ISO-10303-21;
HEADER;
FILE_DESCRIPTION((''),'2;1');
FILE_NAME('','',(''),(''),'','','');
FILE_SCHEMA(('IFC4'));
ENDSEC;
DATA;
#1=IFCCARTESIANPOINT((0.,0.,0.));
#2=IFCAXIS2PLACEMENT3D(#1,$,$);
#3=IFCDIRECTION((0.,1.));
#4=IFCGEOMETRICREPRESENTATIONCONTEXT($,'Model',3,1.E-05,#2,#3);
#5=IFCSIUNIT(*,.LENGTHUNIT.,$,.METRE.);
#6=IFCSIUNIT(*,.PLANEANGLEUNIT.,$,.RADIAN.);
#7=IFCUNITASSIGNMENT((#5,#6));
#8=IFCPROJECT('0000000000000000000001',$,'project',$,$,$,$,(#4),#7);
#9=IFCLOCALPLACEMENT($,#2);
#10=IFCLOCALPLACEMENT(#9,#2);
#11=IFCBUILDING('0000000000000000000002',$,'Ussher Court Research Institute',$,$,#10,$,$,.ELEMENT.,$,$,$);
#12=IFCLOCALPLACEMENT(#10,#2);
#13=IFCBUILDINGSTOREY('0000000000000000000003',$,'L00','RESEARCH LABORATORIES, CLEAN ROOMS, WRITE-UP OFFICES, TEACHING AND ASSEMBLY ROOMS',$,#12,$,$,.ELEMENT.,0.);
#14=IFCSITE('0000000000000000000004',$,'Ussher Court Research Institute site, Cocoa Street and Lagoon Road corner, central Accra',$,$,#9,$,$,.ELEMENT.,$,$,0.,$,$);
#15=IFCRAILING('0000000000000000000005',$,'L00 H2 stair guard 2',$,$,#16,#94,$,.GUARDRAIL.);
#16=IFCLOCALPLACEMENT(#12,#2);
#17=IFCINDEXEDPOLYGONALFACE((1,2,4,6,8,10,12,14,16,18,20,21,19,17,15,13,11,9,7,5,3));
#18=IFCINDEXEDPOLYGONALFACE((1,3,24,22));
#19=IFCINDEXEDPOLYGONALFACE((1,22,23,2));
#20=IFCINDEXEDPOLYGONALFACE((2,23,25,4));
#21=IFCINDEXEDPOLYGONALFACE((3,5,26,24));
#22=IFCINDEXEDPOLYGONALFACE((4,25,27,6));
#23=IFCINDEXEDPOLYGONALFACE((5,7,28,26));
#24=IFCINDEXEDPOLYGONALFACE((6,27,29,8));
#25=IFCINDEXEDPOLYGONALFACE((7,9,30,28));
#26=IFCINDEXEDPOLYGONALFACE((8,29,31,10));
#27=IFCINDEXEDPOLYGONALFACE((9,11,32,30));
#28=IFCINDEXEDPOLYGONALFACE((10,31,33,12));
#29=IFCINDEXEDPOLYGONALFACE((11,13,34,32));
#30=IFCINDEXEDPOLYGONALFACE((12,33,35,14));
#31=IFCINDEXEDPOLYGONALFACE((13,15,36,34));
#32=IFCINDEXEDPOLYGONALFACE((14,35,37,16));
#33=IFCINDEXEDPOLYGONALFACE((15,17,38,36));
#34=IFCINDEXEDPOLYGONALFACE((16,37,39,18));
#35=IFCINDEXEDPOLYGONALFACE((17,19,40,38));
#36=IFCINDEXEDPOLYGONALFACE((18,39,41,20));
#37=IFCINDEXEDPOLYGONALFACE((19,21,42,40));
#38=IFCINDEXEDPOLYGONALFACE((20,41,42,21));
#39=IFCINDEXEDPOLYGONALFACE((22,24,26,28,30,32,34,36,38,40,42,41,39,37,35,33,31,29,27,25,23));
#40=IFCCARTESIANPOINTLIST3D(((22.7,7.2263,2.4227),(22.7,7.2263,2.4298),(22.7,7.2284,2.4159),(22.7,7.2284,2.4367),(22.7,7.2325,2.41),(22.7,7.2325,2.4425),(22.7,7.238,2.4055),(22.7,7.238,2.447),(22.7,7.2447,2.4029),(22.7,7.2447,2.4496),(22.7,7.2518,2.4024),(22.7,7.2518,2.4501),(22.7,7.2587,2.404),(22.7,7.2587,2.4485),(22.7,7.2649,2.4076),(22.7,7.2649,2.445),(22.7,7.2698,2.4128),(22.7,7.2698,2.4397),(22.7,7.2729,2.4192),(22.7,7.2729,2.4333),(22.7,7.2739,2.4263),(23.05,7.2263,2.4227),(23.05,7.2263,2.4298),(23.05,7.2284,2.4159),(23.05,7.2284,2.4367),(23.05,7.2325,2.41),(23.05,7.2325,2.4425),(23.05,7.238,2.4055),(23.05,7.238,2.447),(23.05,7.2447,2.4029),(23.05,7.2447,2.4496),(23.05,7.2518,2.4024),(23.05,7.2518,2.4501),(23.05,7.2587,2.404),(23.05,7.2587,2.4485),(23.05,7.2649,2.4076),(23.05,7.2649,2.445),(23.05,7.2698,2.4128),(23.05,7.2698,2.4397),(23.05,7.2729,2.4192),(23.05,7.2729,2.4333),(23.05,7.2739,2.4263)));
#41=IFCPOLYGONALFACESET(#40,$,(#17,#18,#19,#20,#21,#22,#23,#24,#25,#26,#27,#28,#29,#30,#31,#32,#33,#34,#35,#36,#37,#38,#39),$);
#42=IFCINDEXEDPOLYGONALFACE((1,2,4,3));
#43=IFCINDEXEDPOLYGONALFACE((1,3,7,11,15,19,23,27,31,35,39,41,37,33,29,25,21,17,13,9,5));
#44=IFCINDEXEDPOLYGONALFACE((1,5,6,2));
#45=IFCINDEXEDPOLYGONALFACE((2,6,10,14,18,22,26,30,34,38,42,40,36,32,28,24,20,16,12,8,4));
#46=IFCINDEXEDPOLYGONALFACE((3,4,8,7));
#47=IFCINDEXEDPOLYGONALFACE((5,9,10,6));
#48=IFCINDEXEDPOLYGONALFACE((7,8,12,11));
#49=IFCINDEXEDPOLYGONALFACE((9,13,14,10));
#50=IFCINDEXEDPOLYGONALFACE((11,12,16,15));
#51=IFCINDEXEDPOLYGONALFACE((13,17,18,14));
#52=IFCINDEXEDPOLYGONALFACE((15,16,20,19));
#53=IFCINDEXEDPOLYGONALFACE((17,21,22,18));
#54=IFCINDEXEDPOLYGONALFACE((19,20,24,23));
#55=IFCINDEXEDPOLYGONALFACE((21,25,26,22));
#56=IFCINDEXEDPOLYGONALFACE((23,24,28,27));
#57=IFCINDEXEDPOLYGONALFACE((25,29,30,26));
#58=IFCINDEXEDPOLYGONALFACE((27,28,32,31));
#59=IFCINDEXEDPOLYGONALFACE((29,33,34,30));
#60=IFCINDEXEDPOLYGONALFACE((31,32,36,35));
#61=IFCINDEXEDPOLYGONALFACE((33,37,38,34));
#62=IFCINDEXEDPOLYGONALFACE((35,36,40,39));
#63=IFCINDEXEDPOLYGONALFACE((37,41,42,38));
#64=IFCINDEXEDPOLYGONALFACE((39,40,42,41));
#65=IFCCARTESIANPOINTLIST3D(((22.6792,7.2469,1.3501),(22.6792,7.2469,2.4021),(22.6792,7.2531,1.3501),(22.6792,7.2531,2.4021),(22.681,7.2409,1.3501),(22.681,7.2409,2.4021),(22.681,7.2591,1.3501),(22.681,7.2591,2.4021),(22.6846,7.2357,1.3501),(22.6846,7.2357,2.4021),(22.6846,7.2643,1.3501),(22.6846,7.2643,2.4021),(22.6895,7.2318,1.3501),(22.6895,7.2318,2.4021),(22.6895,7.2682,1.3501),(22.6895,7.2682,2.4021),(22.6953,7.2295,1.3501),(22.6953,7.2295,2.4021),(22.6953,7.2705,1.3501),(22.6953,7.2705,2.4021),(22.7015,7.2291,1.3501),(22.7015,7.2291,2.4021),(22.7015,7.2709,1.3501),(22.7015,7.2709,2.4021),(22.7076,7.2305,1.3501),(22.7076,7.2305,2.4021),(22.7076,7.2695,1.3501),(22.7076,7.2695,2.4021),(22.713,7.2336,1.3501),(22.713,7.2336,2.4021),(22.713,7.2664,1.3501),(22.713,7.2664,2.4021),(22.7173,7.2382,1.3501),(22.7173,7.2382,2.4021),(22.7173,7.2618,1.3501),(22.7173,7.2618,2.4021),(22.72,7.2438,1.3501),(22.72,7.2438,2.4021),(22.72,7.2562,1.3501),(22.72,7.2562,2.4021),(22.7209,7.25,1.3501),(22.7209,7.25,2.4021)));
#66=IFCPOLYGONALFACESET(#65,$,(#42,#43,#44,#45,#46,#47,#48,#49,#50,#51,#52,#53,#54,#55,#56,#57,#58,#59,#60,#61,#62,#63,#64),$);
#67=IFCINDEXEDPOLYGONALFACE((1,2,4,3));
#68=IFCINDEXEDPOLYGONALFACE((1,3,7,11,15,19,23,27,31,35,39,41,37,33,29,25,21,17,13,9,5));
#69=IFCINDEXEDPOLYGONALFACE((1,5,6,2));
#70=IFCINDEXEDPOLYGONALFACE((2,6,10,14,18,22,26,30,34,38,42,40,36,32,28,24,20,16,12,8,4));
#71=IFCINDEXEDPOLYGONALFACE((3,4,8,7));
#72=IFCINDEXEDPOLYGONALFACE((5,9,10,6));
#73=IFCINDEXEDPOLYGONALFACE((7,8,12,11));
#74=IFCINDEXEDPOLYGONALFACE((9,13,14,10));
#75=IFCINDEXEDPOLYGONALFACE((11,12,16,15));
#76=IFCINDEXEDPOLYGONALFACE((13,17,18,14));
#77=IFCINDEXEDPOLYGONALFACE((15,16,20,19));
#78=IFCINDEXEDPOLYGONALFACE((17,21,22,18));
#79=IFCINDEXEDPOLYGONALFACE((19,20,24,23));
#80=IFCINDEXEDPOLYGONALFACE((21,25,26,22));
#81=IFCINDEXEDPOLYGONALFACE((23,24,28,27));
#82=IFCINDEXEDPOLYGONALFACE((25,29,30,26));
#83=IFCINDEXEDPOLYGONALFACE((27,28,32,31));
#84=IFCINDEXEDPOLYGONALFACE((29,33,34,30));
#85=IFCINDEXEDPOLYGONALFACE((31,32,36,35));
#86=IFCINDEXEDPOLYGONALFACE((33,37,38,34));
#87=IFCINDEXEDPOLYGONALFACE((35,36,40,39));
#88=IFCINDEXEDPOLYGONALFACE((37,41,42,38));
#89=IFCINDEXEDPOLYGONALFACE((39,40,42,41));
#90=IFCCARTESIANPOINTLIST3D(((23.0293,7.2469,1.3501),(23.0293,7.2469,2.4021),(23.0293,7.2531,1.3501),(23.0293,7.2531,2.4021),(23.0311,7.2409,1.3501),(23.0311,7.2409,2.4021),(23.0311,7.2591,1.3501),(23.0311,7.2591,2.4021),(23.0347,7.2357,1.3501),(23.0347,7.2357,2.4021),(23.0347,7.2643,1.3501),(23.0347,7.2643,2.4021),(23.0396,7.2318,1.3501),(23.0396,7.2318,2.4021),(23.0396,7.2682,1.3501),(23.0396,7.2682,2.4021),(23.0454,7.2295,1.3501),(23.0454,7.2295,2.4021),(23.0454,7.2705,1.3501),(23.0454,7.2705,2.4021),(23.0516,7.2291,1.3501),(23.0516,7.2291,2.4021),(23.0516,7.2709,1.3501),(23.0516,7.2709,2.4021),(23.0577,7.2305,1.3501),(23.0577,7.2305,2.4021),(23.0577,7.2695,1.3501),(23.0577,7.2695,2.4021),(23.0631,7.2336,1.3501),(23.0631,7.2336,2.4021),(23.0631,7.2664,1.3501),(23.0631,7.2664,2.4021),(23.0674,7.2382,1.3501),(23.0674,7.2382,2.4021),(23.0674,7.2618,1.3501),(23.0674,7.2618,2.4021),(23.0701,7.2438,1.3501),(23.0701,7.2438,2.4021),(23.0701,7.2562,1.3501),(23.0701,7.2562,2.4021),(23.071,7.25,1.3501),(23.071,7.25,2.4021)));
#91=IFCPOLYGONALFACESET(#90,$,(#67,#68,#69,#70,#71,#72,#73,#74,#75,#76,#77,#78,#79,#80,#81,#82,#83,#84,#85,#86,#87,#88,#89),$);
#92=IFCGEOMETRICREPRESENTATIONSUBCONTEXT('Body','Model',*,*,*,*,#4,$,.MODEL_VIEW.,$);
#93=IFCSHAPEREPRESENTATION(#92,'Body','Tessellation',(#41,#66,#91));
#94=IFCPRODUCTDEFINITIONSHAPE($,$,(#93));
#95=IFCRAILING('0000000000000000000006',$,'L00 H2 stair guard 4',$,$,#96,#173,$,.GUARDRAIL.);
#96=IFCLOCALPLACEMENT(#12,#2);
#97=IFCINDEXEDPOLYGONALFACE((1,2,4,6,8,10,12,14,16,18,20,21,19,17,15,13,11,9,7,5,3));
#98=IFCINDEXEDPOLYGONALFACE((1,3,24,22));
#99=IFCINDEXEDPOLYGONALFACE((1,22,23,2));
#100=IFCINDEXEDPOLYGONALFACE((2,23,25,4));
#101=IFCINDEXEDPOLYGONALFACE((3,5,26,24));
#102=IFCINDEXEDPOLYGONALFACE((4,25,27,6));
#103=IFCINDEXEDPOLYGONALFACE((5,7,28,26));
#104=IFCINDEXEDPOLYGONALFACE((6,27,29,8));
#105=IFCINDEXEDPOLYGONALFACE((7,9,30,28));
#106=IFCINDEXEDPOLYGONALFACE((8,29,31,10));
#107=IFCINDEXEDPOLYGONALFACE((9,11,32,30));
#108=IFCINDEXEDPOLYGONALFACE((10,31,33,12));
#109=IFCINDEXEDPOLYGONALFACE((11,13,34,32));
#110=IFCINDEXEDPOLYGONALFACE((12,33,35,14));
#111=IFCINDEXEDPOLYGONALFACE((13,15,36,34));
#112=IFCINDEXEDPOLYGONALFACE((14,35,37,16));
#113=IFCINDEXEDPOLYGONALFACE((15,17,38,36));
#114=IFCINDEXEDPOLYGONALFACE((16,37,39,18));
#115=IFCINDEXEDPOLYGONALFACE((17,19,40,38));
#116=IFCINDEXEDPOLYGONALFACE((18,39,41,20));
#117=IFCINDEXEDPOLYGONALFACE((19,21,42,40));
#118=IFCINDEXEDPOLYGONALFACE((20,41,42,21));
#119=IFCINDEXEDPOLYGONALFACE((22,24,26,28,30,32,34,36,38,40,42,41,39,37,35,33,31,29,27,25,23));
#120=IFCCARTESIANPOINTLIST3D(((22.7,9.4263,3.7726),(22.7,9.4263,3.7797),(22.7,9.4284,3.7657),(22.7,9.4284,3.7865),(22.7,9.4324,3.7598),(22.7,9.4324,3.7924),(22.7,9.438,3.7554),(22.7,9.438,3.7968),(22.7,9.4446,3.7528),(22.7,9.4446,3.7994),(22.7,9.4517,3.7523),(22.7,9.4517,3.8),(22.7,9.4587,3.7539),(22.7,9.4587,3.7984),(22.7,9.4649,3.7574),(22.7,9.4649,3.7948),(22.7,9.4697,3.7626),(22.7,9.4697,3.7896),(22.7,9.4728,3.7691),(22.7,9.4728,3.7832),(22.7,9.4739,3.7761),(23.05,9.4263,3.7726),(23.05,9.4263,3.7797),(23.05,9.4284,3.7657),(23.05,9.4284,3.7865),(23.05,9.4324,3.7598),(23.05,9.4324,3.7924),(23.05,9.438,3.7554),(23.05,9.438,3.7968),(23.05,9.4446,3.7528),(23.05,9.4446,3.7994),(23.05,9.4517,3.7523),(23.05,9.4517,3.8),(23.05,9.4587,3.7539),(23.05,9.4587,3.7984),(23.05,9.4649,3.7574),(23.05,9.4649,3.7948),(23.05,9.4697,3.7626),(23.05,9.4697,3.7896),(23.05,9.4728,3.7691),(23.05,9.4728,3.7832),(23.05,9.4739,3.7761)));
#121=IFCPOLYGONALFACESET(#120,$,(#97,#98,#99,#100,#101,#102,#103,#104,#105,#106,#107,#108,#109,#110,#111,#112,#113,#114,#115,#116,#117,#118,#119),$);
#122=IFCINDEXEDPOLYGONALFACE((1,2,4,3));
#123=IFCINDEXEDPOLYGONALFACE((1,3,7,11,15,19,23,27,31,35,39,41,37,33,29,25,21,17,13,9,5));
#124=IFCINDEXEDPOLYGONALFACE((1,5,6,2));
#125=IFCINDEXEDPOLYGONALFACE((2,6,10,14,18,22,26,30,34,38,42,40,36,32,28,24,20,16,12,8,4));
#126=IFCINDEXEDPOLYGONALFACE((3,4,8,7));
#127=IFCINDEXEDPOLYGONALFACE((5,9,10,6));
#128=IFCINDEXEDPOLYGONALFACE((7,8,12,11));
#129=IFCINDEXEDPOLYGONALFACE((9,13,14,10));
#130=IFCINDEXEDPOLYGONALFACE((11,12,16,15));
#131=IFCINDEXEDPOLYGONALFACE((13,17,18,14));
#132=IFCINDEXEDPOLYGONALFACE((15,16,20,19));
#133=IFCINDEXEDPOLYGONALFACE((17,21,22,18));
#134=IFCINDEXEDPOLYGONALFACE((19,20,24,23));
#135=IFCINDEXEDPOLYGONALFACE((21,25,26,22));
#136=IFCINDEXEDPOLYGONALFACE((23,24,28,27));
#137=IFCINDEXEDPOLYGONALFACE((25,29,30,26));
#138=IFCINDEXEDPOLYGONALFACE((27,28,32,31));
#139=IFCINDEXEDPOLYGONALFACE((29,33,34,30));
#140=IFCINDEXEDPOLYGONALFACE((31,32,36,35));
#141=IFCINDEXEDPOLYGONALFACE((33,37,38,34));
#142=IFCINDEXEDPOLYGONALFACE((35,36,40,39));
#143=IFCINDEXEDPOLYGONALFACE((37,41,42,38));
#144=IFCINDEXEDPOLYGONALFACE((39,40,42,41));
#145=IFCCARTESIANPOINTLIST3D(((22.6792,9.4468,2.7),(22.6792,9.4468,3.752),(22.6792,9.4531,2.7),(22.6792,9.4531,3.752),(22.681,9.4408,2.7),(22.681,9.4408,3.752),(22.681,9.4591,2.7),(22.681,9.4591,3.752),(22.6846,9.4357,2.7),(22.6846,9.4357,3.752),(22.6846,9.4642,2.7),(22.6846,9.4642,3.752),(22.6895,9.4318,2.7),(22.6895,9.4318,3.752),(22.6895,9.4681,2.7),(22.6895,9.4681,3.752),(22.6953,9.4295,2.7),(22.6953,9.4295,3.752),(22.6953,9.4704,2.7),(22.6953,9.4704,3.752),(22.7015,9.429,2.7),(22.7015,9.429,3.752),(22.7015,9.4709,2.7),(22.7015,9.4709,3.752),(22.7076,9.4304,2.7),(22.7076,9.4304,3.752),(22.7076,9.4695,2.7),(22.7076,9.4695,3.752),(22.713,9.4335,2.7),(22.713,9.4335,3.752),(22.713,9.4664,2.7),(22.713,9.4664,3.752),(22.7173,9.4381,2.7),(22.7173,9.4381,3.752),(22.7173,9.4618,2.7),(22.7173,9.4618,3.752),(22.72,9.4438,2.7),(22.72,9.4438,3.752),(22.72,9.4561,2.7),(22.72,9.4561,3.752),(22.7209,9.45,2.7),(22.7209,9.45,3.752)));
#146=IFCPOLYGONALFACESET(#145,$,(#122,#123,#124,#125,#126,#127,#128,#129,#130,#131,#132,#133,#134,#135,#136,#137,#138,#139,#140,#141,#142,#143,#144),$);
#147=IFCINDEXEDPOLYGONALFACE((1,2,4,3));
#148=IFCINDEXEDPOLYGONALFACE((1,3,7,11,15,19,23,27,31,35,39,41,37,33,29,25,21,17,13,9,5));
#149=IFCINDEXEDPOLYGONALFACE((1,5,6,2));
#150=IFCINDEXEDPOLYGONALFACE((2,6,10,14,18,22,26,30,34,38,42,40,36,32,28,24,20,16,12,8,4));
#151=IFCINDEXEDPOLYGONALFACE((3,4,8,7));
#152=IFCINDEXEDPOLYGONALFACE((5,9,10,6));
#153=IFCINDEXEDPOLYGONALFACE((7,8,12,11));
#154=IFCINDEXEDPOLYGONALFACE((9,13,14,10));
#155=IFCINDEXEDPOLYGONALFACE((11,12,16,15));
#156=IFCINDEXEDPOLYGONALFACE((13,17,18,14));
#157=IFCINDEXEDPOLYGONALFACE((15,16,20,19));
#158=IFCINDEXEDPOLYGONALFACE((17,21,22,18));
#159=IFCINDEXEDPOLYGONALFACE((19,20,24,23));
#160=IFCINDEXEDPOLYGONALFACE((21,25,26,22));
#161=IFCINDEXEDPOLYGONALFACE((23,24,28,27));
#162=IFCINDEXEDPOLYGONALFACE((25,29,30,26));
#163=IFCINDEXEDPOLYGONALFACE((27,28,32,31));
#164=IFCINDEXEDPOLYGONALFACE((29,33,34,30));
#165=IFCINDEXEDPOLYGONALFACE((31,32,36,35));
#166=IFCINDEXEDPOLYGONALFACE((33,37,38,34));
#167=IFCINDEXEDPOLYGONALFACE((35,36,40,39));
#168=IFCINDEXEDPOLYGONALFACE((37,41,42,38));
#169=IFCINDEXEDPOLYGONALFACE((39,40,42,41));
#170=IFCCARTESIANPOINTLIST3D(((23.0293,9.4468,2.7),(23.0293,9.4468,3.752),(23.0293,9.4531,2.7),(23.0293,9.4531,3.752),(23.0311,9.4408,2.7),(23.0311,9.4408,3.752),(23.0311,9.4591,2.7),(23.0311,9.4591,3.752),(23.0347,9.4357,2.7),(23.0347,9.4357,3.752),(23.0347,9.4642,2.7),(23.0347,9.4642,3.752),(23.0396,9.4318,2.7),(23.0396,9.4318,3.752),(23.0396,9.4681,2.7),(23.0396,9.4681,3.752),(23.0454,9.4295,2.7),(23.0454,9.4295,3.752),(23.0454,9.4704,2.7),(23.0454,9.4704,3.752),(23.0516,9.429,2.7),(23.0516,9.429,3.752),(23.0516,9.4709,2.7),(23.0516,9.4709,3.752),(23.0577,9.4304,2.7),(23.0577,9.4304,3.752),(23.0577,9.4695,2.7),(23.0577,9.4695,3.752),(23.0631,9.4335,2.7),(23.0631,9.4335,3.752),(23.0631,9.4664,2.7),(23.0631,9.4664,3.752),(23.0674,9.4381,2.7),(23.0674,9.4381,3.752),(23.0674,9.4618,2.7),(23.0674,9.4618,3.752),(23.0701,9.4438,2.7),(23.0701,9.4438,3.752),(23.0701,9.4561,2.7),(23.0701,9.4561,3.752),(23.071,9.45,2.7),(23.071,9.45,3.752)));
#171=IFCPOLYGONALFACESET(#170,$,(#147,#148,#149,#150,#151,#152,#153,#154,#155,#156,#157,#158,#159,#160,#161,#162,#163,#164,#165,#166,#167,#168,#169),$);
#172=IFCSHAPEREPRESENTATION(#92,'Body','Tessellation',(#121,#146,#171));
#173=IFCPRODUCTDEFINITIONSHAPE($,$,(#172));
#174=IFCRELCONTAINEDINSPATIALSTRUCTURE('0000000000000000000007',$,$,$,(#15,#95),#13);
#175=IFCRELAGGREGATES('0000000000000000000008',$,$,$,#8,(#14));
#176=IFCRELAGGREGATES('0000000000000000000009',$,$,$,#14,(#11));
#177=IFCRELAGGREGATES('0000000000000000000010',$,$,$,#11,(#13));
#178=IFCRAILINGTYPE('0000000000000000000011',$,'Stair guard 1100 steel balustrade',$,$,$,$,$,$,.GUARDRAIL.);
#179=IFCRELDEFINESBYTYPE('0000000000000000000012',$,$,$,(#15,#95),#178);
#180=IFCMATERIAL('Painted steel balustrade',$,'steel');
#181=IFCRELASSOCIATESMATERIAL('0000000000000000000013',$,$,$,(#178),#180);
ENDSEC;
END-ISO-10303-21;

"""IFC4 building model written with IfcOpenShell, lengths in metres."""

from ifc_helpers import new_model, si_unit, direction, frame, origin, origin_2d, place, context, subcontext, project, spatial, circle, extrude, material, type_object, element, save


model = new_model("IFC4")

# Units and contexts
model_context = context("Model", 3, precision=1e-05, world=origin(), true_north=direction((0.0, 1.0)))
body_context = subcontext(model_context, "Body", "Model", "MODEL_VIEW")
ifc_project = project(units=[si_unit("LENGTHUNIT", "METRE"), si_unit("PLANEANGLEUNIT", "RADIAN")], contexts=[model_context])

# Site, building, storey
site_placement = place(None, origin())
site = spatial("IfcSite", under=ifc_project, at=site_placement, Name="Ussher Court Research Institute site, Cocoa Street and Lagoon Road corner, central Accra", CompositionType="ELEMENT", RefElevation=0.0)
building_placement = place(site_placement, origin())
building = spatial("IfcBuilding", under=site, at=building_placement, Name="Ussher Court Research Institute", CompositionType="ELEMENT")
storey_placement = place(building_placement, origin())
storey = spatial("IfcBuildingStorey", under=building, at=storey_placement, Name="L00", Description="RESEARCH LABORATORIES, CLEAN ROOMS, WRITE-UP OFFICES, TEACHING AND ASSEMBLY ROOMS", CompositionType="ELEMENT", Elevation=0.0)

# Railings
ifc_material_1 = material(Name="Painted steel balustrade", Category="steel")
railing_type_1 = type_object("IfcRailingType", Name="Stair guard 1100 steel balustrade", PredefinedType="GUARDRAIL", material=ifc_material_1)
for number, where, name in (
    (1, (22.7, 7.25, 1.3501), "L00 H2 stair guard 2"),
    (2, (22.7, 9.45, 2.7), "L00 H2 stair guard 4"),
):
    element("IfcRailing", number, at=place(storey_placement, frame(where)), inside=storey, type_object=railing_type_1, Name=name, PredefinedType="GUARDRAIL", context=body_context, shape_type="SweptSolid", body=[
        extrude(circle(Radius=0.0239, at=origin_2d()), frame((0.0, 0.0, 1.0762), z_axis=(1.0, 0.0, 0.0), x_axis=(0.0, 1.0, 0.0)), (0.0, 0.0, 1.0), 0.3501),
        extrude(circle(Radius=0.021, at=origin_2d()), origin(), (0.0, 0.0, 1.0), 1.052),
        extrude(circle(Radius=0.021, at=origin_2d()), frame((0.3501, 0.0, 0.0)), (0.0, 0.0, 1.0), 1.052),
    ])

save(model, "model.ifc")
